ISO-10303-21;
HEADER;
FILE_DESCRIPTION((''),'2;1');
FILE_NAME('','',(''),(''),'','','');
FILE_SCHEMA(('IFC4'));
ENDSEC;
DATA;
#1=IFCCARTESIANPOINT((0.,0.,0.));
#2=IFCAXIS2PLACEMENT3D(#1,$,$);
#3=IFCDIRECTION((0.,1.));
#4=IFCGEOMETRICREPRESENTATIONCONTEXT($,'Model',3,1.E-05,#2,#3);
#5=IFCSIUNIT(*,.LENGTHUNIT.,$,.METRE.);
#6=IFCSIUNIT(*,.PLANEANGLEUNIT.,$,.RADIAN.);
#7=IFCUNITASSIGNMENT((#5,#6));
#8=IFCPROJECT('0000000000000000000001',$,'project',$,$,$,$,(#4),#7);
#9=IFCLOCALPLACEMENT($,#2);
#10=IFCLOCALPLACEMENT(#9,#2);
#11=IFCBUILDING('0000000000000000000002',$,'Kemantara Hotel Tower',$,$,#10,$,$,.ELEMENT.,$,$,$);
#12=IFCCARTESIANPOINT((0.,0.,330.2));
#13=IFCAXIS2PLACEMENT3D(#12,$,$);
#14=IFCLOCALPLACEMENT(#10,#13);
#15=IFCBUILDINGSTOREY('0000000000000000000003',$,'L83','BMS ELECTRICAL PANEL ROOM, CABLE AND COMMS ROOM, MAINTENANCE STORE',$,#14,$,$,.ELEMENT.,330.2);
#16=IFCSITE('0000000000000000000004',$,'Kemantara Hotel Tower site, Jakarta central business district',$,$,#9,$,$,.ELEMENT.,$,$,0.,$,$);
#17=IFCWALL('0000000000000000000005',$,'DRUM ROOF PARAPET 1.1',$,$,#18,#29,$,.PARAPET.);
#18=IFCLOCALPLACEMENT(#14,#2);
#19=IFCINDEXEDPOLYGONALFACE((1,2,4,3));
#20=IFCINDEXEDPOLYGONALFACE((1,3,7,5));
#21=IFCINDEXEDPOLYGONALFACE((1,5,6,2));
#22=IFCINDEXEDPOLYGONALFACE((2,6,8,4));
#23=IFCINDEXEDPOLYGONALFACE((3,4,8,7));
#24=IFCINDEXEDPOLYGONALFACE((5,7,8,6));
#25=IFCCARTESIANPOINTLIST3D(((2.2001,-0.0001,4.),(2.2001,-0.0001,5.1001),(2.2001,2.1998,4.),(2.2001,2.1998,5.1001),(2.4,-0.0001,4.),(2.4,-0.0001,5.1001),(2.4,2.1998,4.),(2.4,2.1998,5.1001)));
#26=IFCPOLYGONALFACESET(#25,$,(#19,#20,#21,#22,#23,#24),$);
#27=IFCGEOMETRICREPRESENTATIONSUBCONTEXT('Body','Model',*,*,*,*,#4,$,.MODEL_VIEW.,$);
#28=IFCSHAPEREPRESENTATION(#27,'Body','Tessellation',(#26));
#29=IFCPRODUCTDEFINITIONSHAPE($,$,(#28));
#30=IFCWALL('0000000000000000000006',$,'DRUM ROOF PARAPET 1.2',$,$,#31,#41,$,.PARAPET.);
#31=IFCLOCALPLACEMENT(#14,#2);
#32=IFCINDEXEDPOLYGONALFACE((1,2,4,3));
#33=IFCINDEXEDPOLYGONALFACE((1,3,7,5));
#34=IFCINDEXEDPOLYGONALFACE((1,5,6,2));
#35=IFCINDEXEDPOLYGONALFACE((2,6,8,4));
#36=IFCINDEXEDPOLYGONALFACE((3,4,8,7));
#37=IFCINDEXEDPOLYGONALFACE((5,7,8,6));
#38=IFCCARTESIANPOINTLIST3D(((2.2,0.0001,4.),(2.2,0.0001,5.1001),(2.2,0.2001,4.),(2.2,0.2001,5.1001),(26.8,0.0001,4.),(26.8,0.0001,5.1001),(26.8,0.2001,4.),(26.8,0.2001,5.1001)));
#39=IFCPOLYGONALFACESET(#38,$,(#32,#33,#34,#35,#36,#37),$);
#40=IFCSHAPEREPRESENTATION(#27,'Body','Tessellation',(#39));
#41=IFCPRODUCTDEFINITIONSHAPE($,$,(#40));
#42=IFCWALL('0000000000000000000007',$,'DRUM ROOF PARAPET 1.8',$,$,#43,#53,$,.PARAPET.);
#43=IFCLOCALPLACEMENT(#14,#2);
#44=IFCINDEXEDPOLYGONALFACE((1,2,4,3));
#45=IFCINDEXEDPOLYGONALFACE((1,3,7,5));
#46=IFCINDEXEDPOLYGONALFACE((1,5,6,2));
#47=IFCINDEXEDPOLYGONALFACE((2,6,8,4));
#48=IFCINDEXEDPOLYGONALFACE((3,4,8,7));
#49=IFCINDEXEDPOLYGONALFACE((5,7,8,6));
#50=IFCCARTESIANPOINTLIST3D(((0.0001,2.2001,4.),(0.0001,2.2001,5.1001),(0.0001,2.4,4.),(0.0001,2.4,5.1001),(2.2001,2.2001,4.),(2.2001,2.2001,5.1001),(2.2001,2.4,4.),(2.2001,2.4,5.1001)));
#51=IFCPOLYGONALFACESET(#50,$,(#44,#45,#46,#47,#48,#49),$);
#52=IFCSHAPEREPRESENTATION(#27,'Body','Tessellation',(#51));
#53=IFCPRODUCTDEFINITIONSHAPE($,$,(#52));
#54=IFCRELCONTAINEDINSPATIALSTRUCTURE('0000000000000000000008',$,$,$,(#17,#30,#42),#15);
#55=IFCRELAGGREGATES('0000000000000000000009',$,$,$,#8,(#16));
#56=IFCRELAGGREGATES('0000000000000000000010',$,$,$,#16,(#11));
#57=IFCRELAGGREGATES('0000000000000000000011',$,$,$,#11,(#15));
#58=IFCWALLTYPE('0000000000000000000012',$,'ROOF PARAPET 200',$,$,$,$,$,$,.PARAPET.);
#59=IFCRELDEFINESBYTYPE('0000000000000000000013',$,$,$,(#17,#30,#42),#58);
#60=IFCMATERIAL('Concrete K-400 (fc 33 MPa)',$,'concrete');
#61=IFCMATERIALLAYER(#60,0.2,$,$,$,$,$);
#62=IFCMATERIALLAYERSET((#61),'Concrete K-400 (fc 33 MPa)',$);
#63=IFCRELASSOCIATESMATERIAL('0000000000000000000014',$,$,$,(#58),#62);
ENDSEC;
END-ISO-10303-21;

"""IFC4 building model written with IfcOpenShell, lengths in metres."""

from ifc_helpers import new_model, si_unit, direction, frame, frame_2d, origin, place, context, subcontext, project, spatial, rectangle, extrude, material, layer, layer_set, type_object, element, save


model = new_model("IFC4")

# Units and contexts
model_context = context("Model", 3, precision=1e-05, world=origin(), true_north=direction((0.0, 1.0)))
body_context = subcontext(model_context, "Body", "Model", "MODEL_VIEW")
ifc_project = project(units=[si_unit("LENGTHUNIT", "METRE"), si_unit("PLANEANGLEUNIT", "RADIAN")], contexts=[model_context])

# Site, building, storey
site_placement = place(None, origin())
site = spatial("IfcSite", under=ifc_project, at=site_placement, Name="Kemantara Hotel Tower site, Jakarta central business district", CompositionType="ELEMENT", RefElevation=0.0)
building_placement = place(site_placement, origin())
building = spatial("IfcBuilding", under=site, at=building_placement, Name="Kemantara Hotel Tower", CompositionType="ELEMENT")
storey_placement = place(building_placement, frame((0.0, 0.0, 330.2)))
storey = spatial("IfcBuildingStorey", under=building, at=storey_placement, Name="L83", Description="BMS ELECTRICAL PANEL ROOM, CABLE AND COMMS ROOM, MAINTENANCE STORE", CompositionType="ELEMENT", Elevation=330.2)

# Walls
ifc_material_1 = material(Name="Concrete K-400 (fc 33 MPa)", Category="concrete")
ifc_layer_1 = layer(ifc_material_1, 0.2)
ifc_layer_set_1 = layer_set([ifc_layer_1], Name="Concrete K-400 (fc 33 MPa)")
wall_type_1 = type_object("IfcWallType", Name="ROOF PARAPET 200", PredefinedType="PARAPET", material=ifc_layer_set_1)
wall_1_placement = place(storey_placement, frame((2.3, 2.2, 4.0), z_axis=(0.0, 0.0, 1.0), x_axis=(0.0, -1.0, 0.0)))
element("IfcWall", 1, at=wall_1_placement, inside=storey, type_object=wall_type_1, Name="DRUM ROOF PARAPET 1.1", PredefinedType="PARAPET", context=body_context, shape_type="SweptSolid", body=[
    extrude(rectangle(XDim=2.2, YDim=0.2, at=frame_2d((1.1001, 0.0))), origin(), (0.0, 0.0, 1.0), 1.1001),
])
wall_2_placement = place(storey_placement, frame((2.2, 0.1001, 4.0), z_axis=(0.0, 0.0, 1.0), x_axis=(1.0, 0.0, 0.0)))
element("IfcWall", 2, at=wall_2_placement, inside=storey, type_object=wall_type_1, Name="DRUM ROOF PARAPET 1.2", PredefinedType="PARAPET", context=body_context, shape_type="SweptSolid", body=[
    extrude(rectangle(XDim=24.6001, YDim=0.2, at=frame_2d((12.3, 0.0))), origin(), (0.0, 0.0, 1.0), 1.1001),
])
wall_3_placement = place(storey_placement, frame((0.0, 2.3, 4.0), z_axis=(0.0, 0.0, 1.0), x_axis=(1.0, 0.0, 0.0)))
element("IfcWall", 3, at=wall_3_placement, inside=storey, type_object=wall_type_1, Name="DRUM ROOF PARAPET 1.8", PredefinedType="PARAPET", context=body_context, shape_type="SweptSolid", body=[
    extrude(rectangle(XDim=2.2, YDim=0.2, at=frame_2d((1.1001, 0.0))), origin(), (0.0, 0.0, 1.0), 1.1001),
])

save(model, "model.ifc")
